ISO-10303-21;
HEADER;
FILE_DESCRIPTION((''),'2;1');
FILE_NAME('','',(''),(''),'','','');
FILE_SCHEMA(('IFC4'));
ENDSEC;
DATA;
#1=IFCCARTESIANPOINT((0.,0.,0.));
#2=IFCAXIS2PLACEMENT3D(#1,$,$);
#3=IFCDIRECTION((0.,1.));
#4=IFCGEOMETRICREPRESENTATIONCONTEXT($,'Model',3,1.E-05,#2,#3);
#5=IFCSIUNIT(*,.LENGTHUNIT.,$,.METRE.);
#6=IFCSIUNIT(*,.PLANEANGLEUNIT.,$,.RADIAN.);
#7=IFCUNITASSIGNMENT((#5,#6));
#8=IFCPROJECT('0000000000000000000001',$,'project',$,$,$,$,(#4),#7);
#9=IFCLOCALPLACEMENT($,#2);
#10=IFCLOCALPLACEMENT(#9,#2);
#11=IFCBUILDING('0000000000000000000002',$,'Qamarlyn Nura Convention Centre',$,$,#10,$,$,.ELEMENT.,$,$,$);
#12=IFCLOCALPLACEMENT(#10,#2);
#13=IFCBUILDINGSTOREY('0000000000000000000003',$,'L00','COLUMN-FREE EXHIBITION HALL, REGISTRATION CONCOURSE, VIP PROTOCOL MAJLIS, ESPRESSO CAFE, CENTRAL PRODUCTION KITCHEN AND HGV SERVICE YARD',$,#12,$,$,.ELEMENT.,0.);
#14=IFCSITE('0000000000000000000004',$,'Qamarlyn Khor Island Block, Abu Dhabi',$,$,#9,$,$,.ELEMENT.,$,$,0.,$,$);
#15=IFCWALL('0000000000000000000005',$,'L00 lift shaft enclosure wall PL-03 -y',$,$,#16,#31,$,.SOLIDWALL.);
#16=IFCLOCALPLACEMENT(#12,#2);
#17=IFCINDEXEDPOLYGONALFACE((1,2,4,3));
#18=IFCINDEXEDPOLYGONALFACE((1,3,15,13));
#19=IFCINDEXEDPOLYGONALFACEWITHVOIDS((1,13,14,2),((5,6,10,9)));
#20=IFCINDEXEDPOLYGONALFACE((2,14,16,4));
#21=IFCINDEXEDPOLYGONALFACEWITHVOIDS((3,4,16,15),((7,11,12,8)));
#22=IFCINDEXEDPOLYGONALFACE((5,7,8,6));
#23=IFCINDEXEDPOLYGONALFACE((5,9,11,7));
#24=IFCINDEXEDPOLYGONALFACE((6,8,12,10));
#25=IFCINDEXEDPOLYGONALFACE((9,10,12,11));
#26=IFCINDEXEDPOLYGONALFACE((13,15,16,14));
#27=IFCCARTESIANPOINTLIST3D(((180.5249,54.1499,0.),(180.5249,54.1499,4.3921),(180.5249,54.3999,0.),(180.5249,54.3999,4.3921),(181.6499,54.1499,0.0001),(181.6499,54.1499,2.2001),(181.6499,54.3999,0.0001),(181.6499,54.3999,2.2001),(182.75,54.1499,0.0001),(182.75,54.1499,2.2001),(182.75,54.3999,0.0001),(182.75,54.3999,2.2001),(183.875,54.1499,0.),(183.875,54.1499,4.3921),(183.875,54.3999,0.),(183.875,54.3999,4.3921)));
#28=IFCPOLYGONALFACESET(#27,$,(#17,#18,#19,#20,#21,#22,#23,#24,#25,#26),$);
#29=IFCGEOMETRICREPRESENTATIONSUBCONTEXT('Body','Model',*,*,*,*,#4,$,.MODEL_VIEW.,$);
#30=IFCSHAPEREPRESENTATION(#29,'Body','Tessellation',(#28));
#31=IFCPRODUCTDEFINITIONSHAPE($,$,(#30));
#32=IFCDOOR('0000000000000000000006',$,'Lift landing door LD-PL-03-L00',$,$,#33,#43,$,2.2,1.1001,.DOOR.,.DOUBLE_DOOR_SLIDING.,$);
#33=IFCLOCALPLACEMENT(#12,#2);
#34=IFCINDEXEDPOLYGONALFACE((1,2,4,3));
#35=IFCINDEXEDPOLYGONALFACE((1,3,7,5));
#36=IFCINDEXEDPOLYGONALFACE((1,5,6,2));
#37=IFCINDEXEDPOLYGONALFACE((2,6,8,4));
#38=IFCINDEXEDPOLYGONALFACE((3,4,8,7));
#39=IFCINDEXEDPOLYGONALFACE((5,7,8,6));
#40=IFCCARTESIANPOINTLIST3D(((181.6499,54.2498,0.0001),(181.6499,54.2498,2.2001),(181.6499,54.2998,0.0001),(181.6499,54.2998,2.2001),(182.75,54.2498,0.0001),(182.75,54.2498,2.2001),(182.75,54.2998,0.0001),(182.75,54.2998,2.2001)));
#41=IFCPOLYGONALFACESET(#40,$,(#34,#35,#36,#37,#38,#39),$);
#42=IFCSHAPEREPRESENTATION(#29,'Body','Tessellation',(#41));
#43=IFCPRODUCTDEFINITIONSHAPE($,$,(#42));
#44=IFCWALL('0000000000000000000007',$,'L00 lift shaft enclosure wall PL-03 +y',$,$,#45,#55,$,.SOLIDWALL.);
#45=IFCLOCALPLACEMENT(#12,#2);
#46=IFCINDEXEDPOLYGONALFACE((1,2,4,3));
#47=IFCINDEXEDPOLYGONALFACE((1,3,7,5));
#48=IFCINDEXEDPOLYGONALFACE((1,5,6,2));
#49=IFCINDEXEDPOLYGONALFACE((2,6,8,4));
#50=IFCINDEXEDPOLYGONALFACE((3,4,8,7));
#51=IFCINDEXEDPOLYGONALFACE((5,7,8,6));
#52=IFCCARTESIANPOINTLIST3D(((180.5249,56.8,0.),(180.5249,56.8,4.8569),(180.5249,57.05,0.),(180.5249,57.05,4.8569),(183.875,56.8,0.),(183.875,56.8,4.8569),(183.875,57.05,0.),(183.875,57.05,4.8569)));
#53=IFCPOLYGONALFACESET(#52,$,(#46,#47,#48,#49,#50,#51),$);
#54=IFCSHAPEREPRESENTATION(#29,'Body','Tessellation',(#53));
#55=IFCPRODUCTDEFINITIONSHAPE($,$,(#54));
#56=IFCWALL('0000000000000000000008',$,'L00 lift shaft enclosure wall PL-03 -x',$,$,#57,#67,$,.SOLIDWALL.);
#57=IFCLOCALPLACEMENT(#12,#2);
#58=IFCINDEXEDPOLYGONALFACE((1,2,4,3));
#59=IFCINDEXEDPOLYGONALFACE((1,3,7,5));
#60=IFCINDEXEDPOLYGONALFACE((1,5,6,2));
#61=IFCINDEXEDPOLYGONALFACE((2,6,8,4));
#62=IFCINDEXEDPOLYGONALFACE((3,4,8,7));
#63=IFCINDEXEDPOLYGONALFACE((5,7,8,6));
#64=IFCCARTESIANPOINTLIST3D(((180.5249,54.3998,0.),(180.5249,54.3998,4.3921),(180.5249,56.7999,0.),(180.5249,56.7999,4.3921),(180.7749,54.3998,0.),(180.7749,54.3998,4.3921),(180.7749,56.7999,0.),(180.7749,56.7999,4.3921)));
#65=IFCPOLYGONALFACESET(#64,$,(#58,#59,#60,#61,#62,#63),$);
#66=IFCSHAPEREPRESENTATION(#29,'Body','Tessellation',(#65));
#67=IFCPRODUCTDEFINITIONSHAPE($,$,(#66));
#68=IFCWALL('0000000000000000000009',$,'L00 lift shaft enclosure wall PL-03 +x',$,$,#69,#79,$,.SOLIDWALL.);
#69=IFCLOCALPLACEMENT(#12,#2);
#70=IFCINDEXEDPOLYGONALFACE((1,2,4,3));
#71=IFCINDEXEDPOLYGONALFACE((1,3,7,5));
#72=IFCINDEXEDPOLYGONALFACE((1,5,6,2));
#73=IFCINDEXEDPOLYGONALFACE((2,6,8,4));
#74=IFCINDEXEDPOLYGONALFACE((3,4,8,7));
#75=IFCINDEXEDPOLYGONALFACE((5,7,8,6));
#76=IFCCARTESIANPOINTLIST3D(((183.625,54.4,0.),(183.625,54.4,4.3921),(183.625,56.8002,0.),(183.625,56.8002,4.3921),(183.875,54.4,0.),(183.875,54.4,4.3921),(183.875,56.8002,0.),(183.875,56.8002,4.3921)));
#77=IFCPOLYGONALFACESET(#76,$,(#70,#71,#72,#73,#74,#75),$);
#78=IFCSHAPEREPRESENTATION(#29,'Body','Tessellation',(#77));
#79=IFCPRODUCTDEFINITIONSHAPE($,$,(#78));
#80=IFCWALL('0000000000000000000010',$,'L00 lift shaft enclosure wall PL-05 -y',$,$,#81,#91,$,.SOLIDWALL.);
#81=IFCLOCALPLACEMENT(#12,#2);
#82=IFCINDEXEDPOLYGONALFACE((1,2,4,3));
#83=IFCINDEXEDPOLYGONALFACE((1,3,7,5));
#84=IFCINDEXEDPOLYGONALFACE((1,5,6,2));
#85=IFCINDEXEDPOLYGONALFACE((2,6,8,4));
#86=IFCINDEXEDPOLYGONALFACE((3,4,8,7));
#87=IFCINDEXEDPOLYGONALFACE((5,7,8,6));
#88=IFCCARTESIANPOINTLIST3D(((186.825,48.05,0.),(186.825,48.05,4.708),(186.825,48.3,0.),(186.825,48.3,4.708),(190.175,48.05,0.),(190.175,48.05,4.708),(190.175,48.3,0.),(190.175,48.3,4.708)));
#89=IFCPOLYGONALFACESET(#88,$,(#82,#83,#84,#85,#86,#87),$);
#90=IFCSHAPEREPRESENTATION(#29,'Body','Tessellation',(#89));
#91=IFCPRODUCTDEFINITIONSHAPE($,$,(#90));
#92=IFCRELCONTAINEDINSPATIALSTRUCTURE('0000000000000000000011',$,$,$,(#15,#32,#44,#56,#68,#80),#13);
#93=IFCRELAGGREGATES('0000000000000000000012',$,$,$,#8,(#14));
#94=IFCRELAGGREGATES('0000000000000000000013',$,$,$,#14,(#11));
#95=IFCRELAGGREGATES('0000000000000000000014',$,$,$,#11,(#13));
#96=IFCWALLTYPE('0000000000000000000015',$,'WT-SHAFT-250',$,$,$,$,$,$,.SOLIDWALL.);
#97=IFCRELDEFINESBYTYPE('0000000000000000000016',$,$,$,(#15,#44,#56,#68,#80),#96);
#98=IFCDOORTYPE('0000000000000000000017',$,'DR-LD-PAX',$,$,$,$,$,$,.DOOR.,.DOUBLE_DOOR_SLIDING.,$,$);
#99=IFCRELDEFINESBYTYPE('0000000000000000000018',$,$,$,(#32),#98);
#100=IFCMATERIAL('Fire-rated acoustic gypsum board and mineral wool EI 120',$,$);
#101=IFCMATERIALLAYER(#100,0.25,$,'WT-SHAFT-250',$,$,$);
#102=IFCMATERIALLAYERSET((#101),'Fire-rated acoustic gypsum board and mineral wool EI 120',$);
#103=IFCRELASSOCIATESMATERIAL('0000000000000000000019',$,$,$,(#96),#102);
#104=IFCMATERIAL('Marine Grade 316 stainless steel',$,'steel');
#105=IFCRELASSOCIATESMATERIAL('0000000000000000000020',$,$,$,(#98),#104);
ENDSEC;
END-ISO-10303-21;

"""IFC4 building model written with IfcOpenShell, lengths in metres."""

from ifc_helpers import new_model, si_unit, direction, frame, frame_2d, origin, place, context, subcontext, project, spatial, rectangle, extrude, material, layer, layer_set, type_object, element, fill, save


model = new_model("IFC4")

# Units and contexts
model_context = context("Model", 3, precision=1e-05, world=origin(), true_north=direction((0.0, 1.0)))
body_context = subcontext(model_context, "Body", "Model", "MODEL_VIEW")
ifc_project = project(units=[si_unit("LENGTHUNIT", "METRE"), si_unit("PLANEANGLEUNIT", "RADIAN")], contexts=[model_context])

# Site, building, storey
site_placement = place(None, origin())
site = spatial("IfcSite", under=ifc_project, at=site_placement, Name="Qamarlyn Khor Island Block, Abu Dhabi", CompositionType="ELEMENT", RefElevation=0.0)
building_placement = place(site_placement, origin())
building = spatial("IfcBuilding", under=site, at=building_placement, Name="Qamarlyn Nura Convention Centre", CompositionType="ELEMENT")
storey_placement = place(building_placement, origin())
storey = spatial("IfcBuildingStorey", under=building, at=storey_placement, Name="L00", Description="COLUMN-FREE EXHIBITION HALL, REGISTRATION CONCOURSE, VIP PROTOCOL MAJLIS, ESPRESSO CAFE, CENTRAL PRODUCTION KITCHEN AND HGV SERVICE YARD", CompositionType="ELEMENT", Elevation=0.0)

# Wall, opening, door
ifc_material_1 = material(Name="Fire-rated acoustic gypsum board and mineral wool EI 120")
ifc_layer_1 = layer(ifc_material_1, 0.25, Name="WT-SHAFT-250")
ifc_layer_set_1 = layer_set([ifc_layer_1], Name="Fire-rated acoustic gypsum board and mineral wool EI 120")
wall_type_1 = type_object("IfcWallType", Name="WT-SHAFT-250", PredefinedType="SOLIDWALL", material=ifc_layer_set_1)
wall_1_placement = place(storey_placement, frame((180.5249, 54.2749, 0.0), z_axis=(0.0, 0.0, 1.0), x_axis=(1.0, 0.0, 0.0)))
wall_1 = element("IfcWall", 1, at=wall_1_placement, inside=storey, type_object=wall_type_1, Name="L00 lift shaft enclosure wall PL-03 -y", PredefinedType="SOLIDWALL", context=body_context, shape_type="SweptSolid", body=[
    extrude(rectangle(XDim=3.3501, YDim=0.25, at=frame_2d((1.675, 0.0))), origin(), (0.0, 0.0, 1.0), 4.3921),
])
opening_1_placement = place(wall_1_placement, frame((1.125, 0.0, 0.0)))
opening_1 = element("IfcOpeningElement", 2, at=opening_1_placement, cuts=wall_1, PredefinedType="OPENING", context=body_context, shape_type="SweptSolid", body=[
    extrude(rectangle(XDim=1.1001, YDim=2.2, at=frame_2d((0.55, 1.1001))), frame((0.0, 0.135, 0.0), z_axis=(0.0, -1.0, 0.0), x_axis=(1.0, 0.0, 0.0)), (0.0, 0.0, 1.0), 0.27),
])
ifc_material_2 = material(Name="Marine Grade 316 stainless steel", Category="steel")
door_type_1 = type_object("IfcDoorType", Name="DR-LD-PAX", OperationType="DOUBLE_DOOR_SLIDING", PredefinedType="DOOR", material=ifc_material_2)
door_1_placement = place(opening_1_placement, origin())
door_1 = element("IfcDoor", 3, at=door_1_placement, inside=storey, type_object=door_type_1, Name="Lift landing door LD-PL-03-L00", OperationType="DOUBLE_DOOR_SLIDING", OverallHeight=2.2, OverallWidth=1.1001, PredefinedType="DOOR", context=body_context, shape_type="SweptSolid", body=[
    extrude(rectangle(XDim=1.1001, YDim=2.2, at=frame_2d((0.55, 1.1001))), frame((0.0, 0.0249, 0.0), z_axis=(0.0, -1.0, 0.0), x_axis=(1.0, 0.0, 0.0)), (0.0, 0.0, 1.0), 0.05),
])
fill(opening_1, door_1)

# Walls
wall_2_placement = place(storey_placement, frame((183.875, 56.925, 0.0), z_axis=(0.0, 0.0, 1.0), x_axis=(-1.0, 0.0, 0.0)))
element("IfcWall", 4, at=wall_2_placement, inside=storey, type_object=wall_type_1, Name="L00 lift shaft enclosure wall PL-03 +y", PredefinedType="SOLIDWALL", context=body_context, shape_type="SweptSolid", body=[
    extrude(rectangle(XDim=3.3501, YDim=0.25, at=frame_2d((1.675, 0.0))), origin(), (0.0, 0.0, 1.0), 4.8569),
])
for number, where, z_axis, x_axis, name in (
    (5, (180.6499, 56.8, 0.0), (0.0, 0.0, 1.0), (0.0, -1.0, 0.0), "L00 lift shaft enclosure wall PL-03 -x"),
    (6, (183.75, 54.3999, 0.0), (0.0, 0.0, 1.0), (0.0, 1.0, 0.0), "L00 lift shaft enclosure wall PL-03 +x"),
):
    element("IfcWall", number, at=place(storey_placement, frame(where, z_axis=z_axis, x_axis=x_axis)), inside=storey, type_object=wall_type_1, Name=name, PredefinedType="SOLIDWALL", context=body_context, shape_type="SweptSolid", body=[
        extrude(rectangle(XDim=2.4001, YDim=0.25, at=frame_2d((1.2002, 0.0))), origin(), (0.0, 0.0, 1.0), 4.3921),
    ])
wall_3_placement = place(storey_placement, frame((186.825, 48.175, 0.0), z_axis=(0.0, 0.0, 1.0), x_axis=(1.0, 0.0, 0.0)))
element("IfcWall", 7, at=wall_3_placement, inside=storey, type_object=wall_type_1, Name="L00 lift shaft enclosure wall PL-05 -y", PredefinedType="SOLIDWALL", context=body_context, shape_type="SweptSolid", body=[
    extrude(rectangle(XDim=3.3501, YDim=0.25, at=frame_2d((1.675, 0.0))), origin(), (0.0, 0.0, 1.0), 4.708),
])

save(model, "model.ifc")
